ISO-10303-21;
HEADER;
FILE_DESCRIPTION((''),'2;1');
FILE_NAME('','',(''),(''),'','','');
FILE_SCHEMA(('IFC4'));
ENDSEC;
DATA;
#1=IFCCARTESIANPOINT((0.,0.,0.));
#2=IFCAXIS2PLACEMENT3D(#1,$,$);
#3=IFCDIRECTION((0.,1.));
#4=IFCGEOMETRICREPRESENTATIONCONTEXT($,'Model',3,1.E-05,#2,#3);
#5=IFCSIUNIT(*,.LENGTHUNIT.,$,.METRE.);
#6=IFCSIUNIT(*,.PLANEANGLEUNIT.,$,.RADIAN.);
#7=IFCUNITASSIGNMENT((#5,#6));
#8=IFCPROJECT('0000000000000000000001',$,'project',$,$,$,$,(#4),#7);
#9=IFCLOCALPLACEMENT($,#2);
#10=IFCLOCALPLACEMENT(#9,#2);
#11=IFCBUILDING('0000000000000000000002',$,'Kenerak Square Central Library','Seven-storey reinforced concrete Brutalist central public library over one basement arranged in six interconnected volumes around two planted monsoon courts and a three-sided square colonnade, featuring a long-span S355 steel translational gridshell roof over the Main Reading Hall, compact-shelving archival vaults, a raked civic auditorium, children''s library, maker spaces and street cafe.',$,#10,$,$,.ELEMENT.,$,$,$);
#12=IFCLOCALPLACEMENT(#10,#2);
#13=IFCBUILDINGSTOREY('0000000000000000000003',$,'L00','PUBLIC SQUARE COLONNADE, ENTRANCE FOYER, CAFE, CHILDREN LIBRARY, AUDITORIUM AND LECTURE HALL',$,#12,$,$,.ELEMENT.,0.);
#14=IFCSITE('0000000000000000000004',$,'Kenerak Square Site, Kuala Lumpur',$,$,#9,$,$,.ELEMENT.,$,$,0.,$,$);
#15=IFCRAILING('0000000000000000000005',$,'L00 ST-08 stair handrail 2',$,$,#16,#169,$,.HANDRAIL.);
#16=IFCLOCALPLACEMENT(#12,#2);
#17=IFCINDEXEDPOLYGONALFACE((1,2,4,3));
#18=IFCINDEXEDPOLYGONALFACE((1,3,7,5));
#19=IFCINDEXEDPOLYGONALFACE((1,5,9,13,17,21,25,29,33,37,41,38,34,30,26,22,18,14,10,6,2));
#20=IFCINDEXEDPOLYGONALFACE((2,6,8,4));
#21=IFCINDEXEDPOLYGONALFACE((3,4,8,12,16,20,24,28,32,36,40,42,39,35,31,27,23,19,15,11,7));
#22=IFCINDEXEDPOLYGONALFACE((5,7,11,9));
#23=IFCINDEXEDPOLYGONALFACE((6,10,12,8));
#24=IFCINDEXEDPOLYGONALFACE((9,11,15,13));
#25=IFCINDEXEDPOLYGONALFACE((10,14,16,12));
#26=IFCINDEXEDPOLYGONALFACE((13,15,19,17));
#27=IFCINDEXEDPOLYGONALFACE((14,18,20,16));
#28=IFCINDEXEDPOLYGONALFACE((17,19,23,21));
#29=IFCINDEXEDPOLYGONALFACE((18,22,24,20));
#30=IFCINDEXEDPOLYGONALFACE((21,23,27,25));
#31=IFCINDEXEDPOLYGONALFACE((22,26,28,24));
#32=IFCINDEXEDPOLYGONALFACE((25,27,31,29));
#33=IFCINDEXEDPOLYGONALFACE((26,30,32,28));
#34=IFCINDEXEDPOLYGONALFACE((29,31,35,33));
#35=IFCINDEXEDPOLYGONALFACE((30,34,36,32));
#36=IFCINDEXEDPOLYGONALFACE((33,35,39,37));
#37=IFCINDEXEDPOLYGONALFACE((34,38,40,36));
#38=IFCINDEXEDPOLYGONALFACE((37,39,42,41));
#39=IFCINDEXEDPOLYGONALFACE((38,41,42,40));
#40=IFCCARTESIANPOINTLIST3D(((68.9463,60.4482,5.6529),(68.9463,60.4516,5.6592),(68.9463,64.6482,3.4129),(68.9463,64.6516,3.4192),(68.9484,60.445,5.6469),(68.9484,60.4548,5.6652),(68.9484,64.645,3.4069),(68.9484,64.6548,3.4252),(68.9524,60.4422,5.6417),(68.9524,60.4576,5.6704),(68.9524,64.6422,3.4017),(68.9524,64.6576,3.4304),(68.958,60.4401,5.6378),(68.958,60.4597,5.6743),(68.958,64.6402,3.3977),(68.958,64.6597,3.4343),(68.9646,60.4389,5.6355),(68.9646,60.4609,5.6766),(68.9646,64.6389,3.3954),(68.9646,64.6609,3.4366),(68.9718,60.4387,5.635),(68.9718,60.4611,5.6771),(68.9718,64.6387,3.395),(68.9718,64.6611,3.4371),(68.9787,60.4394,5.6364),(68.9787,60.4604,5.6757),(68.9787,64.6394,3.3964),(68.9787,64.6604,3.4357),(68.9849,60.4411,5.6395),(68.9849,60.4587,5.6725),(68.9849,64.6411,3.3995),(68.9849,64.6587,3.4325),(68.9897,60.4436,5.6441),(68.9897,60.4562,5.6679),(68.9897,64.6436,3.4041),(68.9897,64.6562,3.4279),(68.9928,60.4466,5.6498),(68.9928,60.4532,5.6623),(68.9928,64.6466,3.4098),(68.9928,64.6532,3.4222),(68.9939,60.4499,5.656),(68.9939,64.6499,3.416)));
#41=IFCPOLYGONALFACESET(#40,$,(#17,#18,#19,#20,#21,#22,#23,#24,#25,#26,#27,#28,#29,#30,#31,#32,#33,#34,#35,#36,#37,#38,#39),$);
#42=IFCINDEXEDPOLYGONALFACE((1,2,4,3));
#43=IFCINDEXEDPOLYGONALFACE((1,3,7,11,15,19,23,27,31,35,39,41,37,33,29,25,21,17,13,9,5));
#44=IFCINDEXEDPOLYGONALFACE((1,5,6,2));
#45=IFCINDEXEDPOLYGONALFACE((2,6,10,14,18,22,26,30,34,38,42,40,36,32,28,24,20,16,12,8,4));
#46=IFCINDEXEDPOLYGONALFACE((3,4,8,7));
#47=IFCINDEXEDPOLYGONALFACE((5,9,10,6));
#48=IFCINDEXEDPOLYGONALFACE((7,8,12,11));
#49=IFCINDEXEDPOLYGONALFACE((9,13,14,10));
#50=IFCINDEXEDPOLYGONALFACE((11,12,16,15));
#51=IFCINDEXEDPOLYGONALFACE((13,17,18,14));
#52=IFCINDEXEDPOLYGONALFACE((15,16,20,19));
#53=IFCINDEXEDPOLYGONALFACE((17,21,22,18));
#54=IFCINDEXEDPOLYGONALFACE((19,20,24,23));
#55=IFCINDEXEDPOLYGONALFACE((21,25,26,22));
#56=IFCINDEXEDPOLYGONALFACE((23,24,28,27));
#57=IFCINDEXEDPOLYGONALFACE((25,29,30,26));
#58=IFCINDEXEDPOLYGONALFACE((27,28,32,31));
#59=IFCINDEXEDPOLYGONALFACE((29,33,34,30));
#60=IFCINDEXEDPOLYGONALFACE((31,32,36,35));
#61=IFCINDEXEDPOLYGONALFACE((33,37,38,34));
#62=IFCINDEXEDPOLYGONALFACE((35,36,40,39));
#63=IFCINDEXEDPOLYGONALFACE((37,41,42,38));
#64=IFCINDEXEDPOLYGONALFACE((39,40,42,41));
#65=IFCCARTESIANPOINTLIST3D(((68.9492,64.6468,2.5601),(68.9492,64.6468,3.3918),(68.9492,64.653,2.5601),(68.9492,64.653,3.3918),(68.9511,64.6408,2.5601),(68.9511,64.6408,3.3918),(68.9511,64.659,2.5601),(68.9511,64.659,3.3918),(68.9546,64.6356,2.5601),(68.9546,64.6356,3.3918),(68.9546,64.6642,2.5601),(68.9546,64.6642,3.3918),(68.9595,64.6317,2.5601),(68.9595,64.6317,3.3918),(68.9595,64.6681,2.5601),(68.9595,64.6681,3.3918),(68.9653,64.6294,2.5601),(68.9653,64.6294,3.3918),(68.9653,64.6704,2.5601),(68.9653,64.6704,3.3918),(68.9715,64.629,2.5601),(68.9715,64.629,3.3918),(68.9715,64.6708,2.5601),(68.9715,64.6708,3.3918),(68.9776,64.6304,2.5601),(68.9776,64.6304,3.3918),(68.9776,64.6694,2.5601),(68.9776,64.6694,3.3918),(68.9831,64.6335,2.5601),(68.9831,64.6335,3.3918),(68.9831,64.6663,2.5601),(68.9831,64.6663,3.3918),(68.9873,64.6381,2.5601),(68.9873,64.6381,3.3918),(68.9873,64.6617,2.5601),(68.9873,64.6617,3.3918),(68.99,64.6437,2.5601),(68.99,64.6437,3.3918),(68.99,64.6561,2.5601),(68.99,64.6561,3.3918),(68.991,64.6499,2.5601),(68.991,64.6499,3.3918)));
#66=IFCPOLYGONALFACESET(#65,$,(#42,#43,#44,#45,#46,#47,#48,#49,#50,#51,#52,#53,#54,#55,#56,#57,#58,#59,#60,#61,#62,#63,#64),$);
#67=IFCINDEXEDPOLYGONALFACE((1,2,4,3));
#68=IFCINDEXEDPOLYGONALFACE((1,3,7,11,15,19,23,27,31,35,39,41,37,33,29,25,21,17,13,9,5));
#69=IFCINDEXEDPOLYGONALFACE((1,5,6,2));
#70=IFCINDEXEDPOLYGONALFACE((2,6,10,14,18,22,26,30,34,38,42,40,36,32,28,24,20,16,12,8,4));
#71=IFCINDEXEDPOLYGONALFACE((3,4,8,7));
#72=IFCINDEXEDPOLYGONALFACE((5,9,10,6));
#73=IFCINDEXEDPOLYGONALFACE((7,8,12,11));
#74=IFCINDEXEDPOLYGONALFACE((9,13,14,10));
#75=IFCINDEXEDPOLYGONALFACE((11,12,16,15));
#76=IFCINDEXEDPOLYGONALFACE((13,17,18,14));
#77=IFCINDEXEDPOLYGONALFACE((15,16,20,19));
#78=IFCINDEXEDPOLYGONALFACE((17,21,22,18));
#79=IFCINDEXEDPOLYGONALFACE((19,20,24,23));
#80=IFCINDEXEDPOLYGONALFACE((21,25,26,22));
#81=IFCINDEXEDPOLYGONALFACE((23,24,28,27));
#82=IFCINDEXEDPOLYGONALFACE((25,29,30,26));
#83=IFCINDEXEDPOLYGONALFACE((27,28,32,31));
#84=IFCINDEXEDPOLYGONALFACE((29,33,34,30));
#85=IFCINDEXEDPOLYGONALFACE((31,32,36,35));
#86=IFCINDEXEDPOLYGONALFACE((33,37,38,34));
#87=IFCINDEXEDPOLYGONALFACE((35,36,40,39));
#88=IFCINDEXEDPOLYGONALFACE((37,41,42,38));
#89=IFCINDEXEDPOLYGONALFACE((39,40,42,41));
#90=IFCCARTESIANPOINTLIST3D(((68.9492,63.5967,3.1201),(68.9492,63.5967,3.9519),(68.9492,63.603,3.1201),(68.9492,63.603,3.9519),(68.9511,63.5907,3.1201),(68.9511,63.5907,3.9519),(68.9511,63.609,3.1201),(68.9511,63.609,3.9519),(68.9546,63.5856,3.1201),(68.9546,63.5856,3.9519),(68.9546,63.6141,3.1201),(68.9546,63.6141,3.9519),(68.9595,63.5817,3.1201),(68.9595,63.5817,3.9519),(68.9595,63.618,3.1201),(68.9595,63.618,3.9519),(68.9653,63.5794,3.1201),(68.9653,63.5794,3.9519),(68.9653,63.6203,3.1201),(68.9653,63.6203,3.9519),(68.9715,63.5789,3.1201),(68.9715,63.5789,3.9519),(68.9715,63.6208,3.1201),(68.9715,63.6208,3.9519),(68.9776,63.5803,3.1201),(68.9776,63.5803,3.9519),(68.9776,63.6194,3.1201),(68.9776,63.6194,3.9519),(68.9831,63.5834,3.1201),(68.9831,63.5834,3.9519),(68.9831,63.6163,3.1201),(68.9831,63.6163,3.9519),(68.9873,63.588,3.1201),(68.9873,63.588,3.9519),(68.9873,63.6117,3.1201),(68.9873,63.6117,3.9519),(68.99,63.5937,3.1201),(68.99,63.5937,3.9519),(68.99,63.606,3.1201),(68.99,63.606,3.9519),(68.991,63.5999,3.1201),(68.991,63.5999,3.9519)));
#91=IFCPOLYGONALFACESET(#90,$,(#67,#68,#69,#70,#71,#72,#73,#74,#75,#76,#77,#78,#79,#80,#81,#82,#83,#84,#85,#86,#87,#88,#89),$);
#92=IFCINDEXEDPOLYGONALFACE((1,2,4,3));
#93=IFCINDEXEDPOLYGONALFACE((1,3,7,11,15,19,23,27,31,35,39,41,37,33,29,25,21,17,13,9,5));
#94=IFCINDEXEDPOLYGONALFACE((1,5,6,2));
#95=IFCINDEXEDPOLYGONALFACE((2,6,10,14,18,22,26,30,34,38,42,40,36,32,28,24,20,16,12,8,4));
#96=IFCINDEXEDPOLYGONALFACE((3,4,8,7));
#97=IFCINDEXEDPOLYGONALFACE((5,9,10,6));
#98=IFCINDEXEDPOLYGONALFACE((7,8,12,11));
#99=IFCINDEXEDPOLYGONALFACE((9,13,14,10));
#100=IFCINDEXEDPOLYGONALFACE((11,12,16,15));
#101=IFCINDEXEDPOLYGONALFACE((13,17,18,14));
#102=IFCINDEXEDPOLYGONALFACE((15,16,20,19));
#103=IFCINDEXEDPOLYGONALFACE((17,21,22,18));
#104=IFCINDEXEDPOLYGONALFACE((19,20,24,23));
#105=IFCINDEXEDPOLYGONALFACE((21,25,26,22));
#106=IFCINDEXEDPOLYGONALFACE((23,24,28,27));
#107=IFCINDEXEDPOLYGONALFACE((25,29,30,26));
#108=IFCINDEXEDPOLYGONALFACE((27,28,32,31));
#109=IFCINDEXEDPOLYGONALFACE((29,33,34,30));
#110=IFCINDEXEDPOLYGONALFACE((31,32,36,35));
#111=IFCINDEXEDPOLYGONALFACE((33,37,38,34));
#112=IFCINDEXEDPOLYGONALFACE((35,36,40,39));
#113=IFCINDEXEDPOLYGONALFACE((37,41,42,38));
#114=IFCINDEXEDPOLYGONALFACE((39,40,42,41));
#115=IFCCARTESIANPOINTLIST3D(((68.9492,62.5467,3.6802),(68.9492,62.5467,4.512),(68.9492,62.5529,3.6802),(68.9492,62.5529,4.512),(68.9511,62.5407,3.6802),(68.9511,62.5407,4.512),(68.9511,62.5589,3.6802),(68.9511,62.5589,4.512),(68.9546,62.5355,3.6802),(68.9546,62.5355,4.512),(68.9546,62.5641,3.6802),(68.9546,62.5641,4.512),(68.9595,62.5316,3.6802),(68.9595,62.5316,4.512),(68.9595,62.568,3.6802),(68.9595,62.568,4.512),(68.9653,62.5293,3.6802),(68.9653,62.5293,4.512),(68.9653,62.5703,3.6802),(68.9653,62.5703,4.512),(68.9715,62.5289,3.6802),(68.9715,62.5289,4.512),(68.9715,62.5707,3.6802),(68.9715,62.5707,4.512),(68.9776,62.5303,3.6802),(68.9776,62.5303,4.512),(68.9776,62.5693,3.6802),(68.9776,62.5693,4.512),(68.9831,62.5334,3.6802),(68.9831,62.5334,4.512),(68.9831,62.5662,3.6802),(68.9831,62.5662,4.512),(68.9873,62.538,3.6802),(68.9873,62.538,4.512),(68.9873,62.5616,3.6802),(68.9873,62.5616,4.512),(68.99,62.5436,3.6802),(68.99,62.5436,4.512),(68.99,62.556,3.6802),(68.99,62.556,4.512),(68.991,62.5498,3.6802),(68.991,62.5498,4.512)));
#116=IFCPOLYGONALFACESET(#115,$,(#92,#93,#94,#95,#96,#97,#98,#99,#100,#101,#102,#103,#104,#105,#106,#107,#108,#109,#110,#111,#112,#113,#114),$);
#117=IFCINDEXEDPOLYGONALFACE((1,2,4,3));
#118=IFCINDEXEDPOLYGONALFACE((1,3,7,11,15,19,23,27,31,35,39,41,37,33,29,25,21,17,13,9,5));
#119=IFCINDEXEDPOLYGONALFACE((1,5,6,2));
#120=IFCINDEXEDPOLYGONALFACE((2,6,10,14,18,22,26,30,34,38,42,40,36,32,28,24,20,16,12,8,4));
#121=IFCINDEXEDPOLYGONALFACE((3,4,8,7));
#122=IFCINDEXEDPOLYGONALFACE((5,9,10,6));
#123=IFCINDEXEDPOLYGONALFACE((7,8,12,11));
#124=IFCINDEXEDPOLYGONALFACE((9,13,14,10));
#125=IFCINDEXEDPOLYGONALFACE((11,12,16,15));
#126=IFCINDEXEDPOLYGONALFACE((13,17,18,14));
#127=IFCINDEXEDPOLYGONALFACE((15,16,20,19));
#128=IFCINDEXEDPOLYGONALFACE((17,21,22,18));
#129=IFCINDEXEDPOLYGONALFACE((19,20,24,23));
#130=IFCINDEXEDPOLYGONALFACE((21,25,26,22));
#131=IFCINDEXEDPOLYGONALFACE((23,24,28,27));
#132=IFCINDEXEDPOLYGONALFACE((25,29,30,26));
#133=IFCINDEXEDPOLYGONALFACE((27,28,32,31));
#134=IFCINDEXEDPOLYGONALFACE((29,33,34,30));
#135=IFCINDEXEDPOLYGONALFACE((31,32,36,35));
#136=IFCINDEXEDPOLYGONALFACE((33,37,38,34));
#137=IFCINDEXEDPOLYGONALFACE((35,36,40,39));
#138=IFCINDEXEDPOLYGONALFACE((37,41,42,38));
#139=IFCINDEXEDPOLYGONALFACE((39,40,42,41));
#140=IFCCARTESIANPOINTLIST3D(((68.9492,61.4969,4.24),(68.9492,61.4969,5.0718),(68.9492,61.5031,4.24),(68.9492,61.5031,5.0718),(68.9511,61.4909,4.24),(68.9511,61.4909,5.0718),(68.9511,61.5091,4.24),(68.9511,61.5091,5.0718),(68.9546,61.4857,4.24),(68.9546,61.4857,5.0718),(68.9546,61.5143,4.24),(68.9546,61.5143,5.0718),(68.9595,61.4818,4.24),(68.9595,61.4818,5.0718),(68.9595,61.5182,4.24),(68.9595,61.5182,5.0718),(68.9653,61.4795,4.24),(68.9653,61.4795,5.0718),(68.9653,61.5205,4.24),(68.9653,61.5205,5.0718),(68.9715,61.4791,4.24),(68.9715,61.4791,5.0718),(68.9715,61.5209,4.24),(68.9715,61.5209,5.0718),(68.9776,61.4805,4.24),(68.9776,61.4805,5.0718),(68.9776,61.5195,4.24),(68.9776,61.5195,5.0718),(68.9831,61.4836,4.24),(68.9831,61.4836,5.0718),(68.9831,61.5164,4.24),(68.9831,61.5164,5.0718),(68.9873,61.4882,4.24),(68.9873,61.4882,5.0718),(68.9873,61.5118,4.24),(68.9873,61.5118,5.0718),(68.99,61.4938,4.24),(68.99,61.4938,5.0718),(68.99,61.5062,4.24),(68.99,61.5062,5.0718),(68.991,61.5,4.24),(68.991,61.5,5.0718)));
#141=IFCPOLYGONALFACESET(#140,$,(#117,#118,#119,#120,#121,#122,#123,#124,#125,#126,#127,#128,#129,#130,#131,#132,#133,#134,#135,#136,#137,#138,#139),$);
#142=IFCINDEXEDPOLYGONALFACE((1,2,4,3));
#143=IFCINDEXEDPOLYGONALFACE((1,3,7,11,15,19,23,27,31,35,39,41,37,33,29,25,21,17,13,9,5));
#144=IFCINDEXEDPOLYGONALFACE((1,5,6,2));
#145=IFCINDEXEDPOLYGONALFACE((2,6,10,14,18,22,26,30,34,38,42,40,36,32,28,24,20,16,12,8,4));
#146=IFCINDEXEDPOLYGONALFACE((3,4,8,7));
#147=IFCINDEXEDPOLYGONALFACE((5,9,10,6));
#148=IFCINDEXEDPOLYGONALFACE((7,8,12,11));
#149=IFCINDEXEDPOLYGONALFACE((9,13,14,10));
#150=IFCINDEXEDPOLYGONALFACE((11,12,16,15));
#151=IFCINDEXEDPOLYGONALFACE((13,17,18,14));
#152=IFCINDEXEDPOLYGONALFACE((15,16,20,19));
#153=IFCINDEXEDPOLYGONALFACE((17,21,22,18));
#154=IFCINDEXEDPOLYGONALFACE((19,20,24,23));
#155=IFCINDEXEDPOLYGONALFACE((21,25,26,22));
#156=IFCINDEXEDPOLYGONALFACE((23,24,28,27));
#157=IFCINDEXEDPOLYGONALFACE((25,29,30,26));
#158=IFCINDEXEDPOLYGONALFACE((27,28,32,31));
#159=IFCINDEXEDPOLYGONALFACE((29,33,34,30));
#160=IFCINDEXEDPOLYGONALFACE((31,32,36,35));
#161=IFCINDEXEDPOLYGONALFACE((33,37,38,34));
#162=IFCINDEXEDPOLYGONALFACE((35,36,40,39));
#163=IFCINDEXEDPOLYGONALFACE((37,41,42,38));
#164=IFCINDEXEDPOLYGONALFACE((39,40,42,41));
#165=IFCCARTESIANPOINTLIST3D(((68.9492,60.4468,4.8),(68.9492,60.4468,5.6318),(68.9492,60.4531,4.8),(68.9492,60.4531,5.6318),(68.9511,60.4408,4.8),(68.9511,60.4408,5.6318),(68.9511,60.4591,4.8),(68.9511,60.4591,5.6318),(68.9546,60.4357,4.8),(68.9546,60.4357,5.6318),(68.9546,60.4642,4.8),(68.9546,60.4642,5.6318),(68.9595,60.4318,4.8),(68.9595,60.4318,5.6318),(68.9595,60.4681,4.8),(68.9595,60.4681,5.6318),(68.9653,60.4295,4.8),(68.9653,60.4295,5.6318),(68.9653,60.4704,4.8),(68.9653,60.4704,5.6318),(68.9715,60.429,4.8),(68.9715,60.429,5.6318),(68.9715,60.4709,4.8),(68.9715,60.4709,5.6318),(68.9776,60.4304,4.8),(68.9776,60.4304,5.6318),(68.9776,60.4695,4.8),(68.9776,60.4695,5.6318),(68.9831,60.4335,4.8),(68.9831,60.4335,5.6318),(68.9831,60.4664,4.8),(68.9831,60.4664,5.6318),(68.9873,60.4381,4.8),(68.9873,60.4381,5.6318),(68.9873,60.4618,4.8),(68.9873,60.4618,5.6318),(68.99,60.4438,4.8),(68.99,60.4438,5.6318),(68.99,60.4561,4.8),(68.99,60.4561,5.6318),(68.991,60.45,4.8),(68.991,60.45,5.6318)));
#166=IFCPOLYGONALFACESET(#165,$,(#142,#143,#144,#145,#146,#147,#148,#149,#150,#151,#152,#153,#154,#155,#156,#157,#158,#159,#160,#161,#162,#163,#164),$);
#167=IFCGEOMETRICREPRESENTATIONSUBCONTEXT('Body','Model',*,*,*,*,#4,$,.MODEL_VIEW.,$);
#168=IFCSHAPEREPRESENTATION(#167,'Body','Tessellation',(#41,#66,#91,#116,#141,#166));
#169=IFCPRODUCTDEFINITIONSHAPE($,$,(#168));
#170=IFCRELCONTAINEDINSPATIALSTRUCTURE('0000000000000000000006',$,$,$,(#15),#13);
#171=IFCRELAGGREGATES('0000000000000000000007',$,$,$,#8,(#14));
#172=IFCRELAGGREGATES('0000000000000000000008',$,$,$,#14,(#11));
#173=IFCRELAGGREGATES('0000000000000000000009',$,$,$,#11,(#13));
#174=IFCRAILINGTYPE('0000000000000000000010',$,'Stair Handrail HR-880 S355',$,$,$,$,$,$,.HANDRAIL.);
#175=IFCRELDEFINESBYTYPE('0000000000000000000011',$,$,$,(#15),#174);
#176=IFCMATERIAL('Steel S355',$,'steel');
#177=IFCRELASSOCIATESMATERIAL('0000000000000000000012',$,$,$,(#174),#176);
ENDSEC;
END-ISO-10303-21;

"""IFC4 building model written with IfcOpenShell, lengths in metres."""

from ifc_helpers import new_model, si_unit, direction, frame, origin, origin_2d, place, context, subcontext, project, spatial, circle, extrude, material, type_object, element, save


model = new_model("IFC4")

# Units and contexts
model_context = context("Model", 3, precision=1e-05, world=origin(), true_north=direction((0.0, 1.0)))
body_context = subcontext(model_context, "Body", "Model", "MODEL_VIEW")
ifc_project = project(units=[si_unit("LENGTHUNIT", "METRE"), si_unit("PLANEANGLEUNIT", "RADIAN")], contexts=[model_context])

# Site, building, storey
site_placement = place(None, origin())
site = spatial("IfcSite", under=ifc_project, at=site_placement, Name="Kenerak Square Site, Kuala Lumpur", CompositionType="ELEMENT", RefElevation=0.0)
building_placement = place(site_placement, origin())
building = spatial("IfcBuilding", under=site, at=building_placement, Name="Kenerak Square Central Library", Description="Seven-storey reinforced concrete Brutalist central public library over one basement arranged in six interconnected volumes around two planted monsoon courts and a three-sided square colonnade, featuring a long-span S355 steel translational gridshell roof over the Main Reading Hall, compact-shelving archival vaults, a raked civic auditorium, children's library, maker spaces and street cafe.", CompositionType="ELEMENT")
storey_placement = place(building_placement, origin())
storey = spatial("IfcBuildingStorey", under=building, at=storey_placement, Name="L00", Description="PUBLIC SQUARE COLONNADE, ENTRANCE FOYER, CAFE, CHILDREN LIBRARY, AUDITORIUM AND LECTURE HALL", CompositionType="ELEMENT", Elevation=0.0)

# Shared definitions
ifc_material_1 = material(Name="Steel S355", Category="steel")

# Railing
railing_type_1 = type_object("IfcRailingType", Name="Stair Handrail HR-880 S355", PredefinedType="HANDRAIL", material=ifc_material_1)
railing_1_placement = place(storey_placement, frame((68.97, 64.6499, 2.5601)))
element("IfcRailing", 1, at=railing_1_placement, inside=storey, type_object=railing_type_1, Name="L00 ST-08 stair handrail 2", PredefinedType="HANDRAIL", context=body_context, shape_type="SweptSolid", body=[
    extrude(circle(Radius=0.0239, at=origin_2d()), frame((0.0, 0.0, 0.856), z_axis=(0.0, -0.882352, 0.470591), x_axis=(1.0, 0.0, 0.0)), (0.0, 0.0, 1.0), 4.76),
    extrude(circle(Radius=0.021, at=origin_2d()), origin(), (0.0, 0.0, 1.0), 0.8318),
    extrude(circle(Radius=0.021, at=origin_2d()), frame((0.0, -1.05, 0.5601)), (0.0, 0.0, 1.0), 0.8318),
    extrude(circle(Radius=0.021, at=origin_2d()), frame((0.0, -2.1001, 1.1201)), (0.0, 0.0, 1.0), 0.8318),
    extrude(circle(Radius=0.021, at=origin_2d()), frame((0.0, -3.1499, 1.6799)), (0.0, 0.0, 1.0), 0.8318),
    extrude(circle(Radius=0.021, at=origin_2d()), frame((0.0, -4.2, 2.24)), (0.0, 0.0, 1.0), 0.8318),
])

save(model, "model.ifc")
